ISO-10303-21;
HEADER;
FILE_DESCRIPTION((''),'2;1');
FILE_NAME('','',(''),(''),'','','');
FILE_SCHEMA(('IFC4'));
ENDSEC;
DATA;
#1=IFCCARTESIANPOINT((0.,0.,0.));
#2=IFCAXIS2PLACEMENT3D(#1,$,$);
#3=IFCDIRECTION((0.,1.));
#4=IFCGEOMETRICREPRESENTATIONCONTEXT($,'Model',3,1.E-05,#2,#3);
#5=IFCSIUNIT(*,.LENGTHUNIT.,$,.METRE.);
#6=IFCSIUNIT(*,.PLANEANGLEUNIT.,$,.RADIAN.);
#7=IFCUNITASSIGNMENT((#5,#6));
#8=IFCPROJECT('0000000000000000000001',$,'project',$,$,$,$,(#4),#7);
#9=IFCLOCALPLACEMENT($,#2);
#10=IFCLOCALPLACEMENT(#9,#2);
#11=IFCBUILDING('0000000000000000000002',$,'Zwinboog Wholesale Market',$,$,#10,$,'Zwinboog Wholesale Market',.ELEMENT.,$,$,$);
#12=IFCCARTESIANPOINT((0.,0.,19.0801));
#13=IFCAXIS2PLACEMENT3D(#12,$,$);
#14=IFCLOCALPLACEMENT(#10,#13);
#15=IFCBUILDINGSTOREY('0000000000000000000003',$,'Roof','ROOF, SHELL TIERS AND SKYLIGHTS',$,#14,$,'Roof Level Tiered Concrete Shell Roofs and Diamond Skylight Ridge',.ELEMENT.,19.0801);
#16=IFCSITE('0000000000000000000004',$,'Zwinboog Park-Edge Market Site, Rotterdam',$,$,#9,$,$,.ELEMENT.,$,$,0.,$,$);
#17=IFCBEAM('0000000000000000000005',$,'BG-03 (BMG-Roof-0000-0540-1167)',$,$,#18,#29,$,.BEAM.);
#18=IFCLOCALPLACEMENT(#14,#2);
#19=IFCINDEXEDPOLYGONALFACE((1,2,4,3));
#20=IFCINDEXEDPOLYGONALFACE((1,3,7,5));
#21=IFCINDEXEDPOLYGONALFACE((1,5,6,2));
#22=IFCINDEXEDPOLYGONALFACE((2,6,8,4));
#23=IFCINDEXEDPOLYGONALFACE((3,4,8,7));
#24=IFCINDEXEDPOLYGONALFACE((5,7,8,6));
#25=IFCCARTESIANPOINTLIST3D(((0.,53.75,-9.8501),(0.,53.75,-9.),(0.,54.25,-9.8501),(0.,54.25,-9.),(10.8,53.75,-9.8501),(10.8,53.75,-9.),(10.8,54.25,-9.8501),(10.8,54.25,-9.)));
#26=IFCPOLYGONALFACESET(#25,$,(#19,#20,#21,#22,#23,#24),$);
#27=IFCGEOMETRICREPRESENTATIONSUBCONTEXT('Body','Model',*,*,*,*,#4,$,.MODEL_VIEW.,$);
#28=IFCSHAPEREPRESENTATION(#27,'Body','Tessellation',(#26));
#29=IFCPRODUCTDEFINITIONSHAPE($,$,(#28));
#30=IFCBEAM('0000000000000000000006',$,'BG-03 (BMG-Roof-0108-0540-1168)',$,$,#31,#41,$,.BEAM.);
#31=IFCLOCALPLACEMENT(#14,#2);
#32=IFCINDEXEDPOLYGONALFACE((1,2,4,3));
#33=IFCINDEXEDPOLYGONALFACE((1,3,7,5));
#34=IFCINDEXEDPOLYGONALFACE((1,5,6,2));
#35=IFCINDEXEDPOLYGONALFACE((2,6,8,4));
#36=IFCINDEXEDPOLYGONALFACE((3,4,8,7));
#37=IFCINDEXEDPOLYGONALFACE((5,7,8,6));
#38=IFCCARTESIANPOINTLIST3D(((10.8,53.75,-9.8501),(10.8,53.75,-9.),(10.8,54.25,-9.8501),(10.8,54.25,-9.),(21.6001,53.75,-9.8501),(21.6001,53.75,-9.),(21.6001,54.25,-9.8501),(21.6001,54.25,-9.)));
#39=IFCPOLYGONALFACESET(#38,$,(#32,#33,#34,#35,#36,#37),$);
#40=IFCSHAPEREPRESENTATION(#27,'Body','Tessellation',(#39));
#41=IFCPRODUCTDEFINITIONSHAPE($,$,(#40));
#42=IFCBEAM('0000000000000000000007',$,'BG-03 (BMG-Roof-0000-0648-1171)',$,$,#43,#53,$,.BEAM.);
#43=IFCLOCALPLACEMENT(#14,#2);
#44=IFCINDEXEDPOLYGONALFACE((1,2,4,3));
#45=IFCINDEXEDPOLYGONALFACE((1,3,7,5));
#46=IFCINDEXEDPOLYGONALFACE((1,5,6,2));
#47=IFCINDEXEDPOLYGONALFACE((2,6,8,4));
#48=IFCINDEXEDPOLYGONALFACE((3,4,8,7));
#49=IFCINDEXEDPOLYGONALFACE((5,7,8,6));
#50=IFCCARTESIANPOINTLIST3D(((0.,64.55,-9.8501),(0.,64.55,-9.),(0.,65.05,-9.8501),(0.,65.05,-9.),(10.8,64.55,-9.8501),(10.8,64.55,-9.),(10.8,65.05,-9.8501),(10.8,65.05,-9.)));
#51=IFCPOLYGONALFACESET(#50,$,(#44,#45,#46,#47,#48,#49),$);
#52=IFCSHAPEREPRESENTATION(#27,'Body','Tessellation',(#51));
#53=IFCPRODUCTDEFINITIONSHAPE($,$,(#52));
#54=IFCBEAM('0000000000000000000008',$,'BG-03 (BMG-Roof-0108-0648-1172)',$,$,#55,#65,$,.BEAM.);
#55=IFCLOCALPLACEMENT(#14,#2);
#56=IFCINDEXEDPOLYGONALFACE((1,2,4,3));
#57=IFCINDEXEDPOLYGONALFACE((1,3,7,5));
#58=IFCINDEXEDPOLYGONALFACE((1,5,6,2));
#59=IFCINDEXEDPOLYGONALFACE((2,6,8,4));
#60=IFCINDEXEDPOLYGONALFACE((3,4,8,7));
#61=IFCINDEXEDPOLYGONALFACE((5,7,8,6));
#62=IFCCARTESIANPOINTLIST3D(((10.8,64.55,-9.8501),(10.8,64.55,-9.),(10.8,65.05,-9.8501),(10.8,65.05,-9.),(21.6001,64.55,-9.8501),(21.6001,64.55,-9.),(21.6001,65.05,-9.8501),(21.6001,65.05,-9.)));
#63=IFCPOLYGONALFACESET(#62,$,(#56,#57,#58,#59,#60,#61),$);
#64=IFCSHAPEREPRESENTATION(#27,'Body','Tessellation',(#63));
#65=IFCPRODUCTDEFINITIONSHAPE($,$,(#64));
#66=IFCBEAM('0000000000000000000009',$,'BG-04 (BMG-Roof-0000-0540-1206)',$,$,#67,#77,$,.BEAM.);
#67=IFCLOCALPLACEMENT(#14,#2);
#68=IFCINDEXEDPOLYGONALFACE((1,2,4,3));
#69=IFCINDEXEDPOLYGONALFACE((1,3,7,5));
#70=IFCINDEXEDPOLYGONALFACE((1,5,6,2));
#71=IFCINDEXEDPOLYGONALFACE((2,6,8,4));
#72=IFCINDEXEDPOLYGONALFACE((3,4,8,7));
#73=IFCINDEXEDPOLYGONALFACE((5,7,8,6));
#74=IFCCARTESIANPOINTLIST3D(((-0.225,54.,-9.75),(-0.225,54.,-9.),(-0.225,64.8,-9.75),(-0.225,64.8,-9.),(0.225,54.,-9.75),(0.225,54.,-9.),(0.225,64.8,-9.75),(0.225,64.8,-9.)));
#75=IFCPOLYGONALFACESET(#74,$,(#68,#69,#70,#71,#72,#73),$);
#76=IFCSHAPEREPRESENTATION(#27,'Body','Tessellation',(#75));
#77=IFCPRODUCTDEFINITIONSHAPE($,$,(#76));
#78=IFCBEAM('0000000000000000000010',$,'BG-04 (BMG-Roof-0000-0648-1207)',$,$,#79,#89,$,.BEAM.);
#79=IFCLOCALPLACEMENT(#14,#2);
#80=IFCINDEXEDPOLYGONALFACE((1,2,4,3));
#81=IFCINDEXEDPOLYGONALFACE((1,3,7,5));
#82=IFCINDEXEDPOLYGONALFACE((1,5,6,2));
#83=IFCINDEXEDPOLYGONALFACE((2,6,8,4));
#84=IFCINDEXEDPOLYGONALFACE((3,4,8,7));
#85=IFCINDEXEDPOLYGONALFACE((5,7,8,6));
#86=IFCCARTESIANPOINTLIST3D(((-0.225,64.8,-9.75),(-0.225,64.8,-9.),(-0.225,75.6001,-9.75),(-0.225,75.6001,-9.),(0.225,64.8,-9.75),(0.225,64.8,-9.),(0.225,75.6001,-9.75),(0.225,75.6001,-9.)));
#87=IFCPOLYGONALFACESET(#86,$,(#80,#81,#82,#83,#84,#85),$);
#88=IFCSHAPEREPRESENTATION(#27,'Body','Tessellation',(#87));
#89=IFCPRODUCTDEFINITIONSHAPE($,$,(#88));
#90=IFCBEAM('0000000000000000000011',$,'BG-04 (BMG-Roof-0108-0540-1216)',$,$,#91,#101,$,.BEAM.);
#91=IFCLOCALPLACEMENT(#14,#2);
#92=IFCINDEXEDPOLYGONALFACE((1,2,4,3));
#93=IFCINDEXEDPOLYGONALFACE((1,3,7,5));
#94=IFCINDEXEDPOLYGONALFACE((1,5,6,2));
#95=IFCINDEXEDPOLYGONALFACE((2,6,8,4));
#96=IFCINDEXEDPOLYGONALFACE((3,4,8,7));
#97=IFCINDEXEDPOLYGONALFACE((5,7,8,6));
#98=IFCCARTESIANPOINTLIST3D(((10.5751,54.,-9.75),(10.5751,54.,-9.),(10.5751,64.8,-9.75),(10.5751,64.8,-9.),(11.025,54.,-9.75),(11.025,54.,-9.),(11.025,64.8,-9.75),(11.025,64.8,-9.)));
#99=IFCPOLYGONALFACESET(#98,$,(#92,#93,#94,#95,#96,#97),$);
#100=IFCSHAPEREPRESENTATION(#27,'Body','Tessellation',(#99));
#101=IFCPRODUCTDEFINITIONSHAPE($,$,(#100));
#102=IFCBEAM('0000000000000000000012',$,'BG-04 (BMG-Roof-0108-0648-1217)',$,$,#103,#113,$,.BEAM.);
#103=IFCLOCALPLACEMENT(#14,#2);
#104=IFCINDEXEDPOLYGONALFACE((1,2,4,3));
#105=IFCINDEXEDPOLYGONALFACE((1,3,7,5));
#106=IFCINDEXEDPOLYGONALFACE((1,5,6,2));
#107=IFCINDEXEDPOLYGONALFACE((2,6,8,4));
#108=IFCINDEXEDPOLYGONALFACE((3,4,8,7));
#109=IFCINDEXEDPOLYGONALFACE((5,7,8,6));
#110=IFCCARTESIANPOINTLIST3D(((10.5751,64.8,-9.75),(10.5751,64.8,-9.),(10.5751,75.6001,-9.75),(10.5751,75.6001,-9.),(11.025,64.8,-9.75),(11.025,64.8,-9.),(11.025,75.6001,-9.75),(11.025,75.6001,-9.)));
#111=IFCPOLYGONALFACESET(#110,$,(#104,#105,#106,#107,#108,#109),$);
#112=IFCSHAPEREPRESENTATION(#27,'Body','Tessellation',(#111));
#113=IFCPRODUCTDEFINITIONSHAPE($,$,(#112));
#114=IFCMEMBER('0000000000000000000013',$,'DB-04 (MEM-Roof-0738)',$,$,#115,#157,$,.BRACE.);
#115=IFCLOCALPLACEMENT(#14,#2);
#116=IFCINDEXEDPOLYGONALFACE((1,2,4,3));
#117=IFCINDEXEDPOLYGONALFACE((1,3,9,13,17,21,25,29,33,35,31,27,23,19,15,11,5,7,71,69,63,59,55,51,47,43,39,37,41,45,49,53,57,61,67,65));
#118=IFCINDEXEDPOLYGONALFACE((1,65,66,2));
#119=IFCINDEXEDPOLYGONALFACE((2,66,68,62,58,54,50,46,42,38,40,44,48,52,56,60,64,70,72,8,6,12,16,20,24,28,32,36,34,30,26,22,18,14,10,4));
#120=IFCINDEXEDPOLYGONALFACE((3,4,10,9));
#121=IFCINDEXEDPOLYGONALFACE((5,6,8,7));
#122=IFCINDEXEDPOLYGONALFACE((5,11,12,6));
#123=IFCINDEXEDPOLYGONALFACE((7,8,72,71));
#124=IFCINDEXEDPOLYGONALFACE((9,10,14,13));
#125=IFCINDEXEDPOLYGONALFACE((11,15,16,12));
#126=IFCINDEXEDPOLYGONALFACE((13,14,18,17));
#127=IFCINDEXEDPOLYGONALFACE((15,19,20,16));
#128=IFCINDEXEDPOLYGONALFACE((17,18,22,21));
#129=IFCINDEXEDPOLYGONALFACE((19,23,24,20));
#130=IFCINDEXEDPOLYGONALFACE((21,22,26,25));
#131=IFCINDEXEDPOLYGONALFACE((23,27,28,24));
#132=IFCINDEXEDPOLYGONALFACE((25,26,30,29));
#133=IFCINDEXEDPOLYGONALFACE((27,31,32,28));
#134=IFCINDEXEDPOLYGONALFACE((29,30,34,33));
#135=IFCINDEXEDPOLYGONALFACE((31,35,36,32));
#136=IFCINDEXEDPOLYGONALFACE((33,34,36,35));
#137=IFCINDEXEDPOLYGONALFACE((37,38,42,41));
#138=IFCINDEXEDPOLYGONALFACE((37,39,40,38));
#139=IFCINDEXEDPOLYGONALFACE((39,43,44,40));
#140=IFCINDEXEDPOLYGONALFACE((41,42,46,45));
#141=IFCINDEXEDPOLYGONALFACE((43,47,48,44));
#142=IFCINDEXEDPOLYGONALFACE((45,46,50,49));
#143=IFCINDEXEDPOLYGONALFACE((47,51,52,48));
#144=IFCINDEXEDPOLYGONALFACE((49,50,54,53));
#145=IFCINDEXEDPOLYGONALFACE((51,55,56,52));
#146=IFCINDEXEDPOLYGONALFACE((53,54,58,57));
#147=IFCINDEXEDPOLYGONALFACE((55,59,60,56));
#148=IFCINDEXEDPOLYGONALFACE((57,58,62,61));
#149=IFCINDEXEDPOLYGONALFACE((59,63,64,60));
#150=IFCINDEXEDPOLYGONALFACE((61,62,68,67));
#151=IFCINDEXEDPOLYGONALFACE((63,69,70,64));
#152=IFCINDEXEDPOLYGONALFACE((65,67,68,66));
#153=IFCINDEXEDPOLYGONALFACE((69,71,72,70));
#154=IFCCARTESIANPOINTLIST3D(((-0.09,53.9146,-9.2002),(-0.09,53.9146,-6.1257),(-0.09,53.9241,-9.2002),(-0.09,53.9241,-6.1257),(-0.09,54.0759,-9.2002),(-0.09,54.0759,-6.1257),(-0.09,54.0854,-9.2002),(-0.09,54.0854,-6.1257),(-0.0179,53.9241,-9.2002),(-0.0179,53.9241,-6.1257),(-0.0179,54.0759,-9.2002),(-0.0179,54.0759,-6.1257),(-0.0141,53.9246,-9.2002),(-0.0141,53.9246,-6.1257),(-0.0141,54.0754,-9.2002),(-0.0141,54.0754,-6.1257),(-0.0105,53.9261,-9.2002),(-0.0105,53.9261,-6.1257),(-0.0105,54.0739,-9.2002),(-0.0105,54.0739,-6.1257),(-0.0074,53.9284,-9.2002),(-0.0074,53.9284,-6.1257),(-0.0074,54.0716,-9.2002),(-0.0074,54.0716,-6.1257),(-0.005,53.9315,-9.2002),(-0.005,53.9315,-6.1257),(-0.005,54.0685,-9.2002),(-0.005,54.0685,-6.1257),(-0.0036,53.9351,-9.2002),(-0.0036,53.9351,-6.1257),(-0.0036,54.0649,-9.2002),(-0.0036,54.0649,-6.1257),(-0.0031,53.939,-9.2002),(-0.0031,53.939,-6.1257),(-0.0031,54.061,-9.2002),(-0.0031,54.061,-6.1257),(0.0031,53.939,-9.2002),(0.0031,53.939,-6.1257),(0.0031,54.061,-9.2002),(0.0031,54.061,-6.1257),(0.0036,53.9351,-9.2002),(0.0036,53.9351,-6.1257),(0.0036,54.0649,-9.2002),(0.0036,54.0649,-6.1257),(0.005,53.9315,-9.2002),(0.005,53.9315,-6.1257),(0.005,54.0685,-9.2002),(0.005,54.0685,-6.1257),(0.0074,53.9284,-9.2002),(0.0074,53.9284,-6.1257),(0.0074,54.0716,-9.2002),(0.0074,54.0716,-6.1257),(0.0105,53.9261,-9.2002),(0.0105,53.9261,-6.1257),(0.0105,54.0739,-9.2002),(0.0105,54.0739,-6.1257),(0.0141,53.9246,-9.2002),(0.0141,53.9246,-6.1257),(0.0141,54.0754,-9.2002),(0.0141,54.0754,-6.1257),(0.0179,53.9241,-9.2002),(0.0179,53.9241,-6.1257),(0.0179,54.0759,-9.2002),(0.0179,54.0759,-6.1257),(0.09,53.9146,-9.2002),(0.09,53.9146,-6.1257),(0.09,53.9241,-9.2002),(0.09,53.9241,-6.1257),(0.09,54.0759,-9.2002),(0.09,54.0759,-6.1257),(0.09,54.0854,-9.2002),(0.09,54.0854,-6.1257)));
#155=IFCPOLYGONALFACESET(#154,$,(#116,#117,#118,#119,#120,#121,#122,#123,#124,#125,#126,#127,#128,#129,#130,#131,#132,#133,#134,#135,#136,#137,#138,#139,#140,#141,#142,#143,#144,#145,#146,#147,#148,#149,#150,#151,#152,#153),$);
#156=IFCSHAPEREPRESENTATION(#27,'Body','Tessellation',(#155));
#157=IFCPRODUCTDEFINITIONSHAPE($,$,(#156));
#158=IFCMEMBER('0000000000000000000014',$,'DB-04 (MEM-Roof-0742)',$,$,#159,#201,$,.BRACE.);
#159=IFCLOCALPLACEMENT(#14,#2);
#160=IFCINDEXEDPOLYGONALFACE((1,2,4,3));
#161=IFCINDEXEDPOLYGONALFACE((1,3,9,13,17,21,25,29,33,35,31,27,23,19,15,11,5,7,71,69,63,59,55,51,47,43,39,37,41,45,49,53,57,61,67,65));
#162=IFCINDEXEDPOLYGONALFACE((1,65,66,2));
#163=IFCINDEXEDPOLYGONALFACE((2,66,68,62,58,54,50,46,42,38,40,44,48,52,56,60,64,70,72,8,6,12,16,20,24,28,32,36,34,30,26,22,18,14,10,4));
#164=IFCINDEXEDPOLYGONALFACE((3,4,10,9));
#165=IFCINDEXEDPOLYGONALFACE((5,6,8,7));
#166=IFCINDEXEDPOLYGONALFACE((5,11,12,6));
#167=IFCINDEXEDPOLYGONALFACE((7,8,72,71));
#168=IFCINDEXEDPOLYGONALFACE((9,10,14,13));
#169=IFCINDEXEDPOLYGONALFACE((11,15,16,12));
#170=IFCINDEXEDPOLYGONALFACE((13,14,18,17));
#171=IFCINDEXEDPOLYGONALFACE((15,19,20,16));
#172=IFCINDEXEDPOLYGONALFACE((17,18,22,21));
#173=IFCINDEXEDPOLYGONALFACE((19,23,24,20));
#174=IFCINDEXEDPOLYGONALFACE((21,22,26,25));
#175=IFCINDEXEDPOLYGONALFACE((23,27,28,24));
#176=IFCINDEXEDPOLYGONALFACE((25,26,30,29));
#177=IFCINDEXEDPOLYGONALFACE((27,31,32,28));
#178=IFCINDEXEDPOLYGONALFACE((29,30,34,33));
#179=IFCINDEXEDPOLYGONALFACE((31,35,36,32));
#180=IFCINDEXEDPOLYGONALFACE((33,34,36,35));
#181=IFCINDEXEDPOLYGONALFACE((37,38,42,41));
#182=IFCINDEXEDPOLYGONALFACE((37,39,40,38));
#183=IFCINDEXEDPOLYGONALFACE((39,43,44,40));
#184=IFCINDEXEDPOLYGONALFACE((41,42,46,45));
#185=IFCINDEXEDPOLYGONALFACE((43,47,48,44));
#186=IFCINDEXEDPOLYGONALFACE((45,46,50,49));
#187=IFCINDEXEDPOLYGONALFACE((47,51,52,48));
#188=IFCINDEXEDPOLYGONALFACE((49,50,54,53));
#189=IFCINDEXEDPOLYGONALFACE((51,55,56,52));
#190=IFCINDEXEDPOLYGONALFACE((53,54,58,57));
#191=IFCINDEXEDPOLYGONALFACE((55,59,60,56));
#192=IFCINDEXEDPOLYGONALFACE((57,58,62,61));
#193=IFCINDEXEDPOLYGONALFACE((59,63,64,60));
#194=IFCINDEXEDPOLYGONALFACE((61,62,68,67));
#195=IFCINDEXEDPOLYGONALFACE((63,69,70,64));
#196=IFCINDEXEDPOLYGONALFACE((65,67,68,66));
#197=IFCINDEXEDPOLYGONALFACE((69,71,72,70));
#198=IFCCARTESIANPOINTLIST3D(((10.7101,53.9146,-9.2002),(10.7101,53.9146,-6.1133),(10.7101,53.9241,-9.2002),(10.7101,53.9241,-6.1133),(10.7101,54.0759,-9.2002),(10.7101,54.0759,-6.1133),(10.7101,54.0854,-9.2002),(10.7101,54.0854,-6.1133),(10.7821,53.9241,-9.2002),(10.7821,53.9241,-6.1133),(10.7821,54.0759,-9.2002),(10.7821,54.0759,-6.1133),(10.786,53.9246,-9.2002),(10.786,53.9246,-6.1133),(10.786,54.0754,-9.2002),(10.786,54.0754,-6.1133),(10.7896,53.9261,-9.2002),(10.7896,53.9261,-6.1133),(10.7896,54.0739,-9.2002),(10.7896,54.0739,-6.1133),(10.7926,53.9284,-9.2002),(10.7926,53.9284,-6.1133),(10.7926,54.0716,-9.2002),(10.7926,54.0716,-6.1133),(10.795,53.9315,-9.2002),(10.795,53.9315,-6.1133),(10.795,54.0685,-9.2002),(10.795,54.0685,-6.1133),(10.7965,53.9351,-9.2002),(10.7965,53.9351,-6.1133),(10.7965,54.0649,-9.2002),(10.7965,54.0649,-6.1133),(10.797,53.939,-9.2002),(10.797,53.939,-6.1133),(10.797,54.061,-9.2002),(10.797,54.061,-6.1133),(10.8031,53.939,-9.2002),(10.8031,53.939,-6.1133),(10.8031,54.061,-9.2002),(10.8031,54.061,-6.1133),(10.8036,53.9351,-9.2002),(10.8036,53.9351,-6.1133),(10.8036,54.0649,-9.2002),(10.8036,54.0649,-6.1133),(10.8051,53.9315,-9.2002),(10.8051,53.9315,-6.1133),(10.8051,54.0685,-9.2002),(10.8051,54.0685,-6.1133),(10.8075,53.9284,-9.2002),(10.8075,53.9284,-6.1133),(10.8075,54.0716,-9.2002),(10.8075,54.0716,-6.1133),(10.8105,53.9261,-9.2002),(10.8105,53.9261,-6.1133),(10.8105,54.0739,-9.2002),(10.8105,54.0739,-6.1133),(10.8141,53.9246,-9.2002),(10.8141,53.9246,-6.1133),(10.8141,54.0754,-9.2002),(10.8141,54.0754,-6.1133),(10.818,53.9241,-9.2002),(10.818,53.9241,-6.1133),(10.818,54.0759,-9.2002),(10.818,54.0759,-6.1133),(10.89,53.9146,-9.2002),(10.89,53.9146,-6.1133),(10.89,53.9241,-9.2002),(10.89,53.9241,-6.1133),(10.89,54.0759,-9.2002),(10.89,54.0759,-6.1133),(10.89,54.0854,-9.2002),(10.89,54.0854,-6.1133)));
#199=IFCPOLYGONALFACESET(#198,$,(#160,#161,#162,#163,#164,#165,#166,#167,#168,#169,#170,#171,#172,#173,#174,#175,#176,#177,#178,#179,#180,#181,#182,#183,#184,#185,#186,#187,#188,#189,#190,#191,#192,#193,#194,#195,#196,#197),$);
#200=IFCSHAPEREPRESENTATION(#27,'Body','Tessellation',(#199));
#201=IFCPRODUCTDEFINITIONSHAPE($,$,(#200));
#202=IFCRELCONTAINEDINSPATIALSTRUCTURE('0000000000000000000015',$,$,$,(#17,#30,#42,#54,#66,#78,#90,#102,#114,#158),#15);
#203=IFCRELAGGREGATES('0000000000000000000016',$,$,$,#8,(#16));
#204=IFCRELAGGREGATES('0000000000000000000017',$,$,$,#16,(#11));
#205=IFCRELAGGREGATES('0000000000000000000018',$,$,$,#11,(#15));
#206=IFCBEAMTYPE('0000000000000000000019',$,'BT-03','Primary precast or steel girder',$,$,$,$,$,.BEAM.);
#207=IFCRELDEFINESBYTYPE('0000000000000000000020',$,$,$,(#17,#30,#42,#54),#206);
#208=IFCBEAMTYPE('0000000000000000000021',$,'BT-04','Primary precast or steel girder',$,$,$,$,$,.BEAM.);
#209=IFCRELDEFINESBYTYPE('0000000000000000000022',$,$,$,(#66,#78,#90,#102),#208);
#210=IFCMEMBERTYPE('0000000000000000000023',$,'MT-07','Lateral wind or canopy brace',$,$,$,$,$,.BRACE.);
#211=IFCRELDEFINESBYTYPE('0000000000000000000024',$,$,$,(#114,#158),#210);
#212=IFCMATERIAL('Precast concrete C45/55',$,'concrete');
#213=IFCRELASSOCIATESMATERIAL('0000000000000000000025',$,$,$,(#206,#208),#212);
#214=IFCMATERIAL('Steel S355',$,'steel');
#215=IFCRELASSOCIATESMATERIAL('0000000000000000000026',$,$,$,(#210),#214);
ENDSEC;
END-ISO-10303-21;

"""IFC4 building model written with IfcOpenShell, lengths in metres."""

from ifc_helpers import new_model, si_unit, direction, frame, origin, origin_2d, place, context, subcontext, project, spatial, rectangle, i_section, extrude, material, material_profile, profile_set, type_object, element, save


model = new_model("IFC4")

# Units and contexts
model_context = context("Model", 3, precision=1e-05, world=origin(), true_north=direction((0.0, 1.0)))
body_context = subcontext(model_context, "Body", "Model", "MODEL_VIEW")
ifc_project = project(units=[si_unit("LENGTHUNIT", "METRE"), si_unit("PLANEANGLEUNIT", "RADIAN")], contexts=[model_context])

# Site, building, storey
site_placement = place(None, origin())
site = spatial("IfcSite", under=ifc_project, at=site_placement, Name="Zwinboog Park-Edge Market Site, Rotterdam", CompositionType="ELEMENT", RefElevation=0.0)
building_placement = place(site_placement, origin())
building = spatial("IfcBuilding", under=site, at=building_placement, Name="Zwinboog Wholesale Market", LongName="Zwinboog Wholesale Market", CompositionType="ELEMENT")
storey_placement = place(building_placement, frame((0.0, 0.0, 19.0801)))
storey = spatial("IfcBuildingStorey", under=building, at=storey_placement, Name="Roof", Description="ROOF, SHELL TIERS AND SKYLIGHTS", LongName="Roof Level Tiered Concrete Shell Roofs and Diamond Skylight Ridge", CompositionType="ELEMENT", Elevation=19.0801)

# Beams
ifc_material_1 = material(Name="Precast concrete C45/55", Category="concrete")
ifc_material_profile_1 = material_profile(ifc_material_1, rectangle(XDim=0.5, YDim=0.8501, at=origin_2d()), Name="PC 500x850")
ifc_profile_set_1 = profile_set([ifc_material_profile_1], Name="Precast concrete C45/55")
beam_type_1 = type_object("IfcBeamType", Name="BT-03", Description="Primary precast or steel girder", PredefinedType="BEAM", material=ifc_profile_set_1)
for number, where, z_axis, x_axis, name in (
    (1, (0.0, 54.0, -9.425), (1.0, 0.0, 0.0), (0.0, 1.0, 0.0), "BG-03 (BMG-Roof-0000-0540-1167)"),
    (2, (10.8, 54.0, -9.425), (1.0, 0.0, 0.0), (0.0, 1.0, 0.0), "BG-03 (BMG-Roof-0108-0540-1168)"),
    (3, (0.0, 64.8, -9.425), (1.0, 0.0, 0.0), (0.0, 1.0, 0.0), "BG-03 (BMG-Roof-0000-0648-1171)"),
    (4, (10.8, 64.8, -9.425), (1.0, 0.0, 0.0), (0.0, 1.0, 0.0), "BG-03 (BMG-Roof-0108-0648-1172)"),
):
    element("IfcBeam", number, at=place(storey_placement, frame(where, z_axis=z_axis, x_axis=x_axis)), inside=storey, type_object=beam_type_1, Name=name, PredefinedType="BEAM", context=body_context, shape_type="SweptSolid", body=[
        extrude(rectangle(XDim=0.5, YDim=0.8501, at=origin_2d()), origin(), (0.0, 0.0, 1.0), 10.8),
    ])
ifc_material_profile_2 = material_profile(ifc_material_1, rectangle(XDim=0.45, YDim=0.75, at=origin_2d()), Name="PC 450x750")
ifc_profile_set_2 = profile_set([ifc_material_profile_2], Name="Precast concrete C45/55")
beam_type_2 = type_object("IfcBeamType", Name="BT-04", Description="Primary precast or steel girder", PredefinedType="BEAM", material=ifc_profile_set_2)
for number, where, z_axis, x_axis, name in (
    (5, (0.0, 54.0, -9.375), (0.0, 1.0, 0.0), (-1.0, 0.0, 0.0), "BG-04 (BMG-Roof-0000-0540-1206)"),
    (6, (0.0, 64.8, -9.375), (0.0, 1.0, 0.0), (-1.0, 0.0, 0.0), "BG-04 (BMG-Roof-0000-0648-1207)"),
    (7, (10.8, 54.0, -9.375), (0.0, 1.0, 0.0), (-1.0, 0.0, 0.0), "BG-04 (BMG-Roof-0108-0540-1216)"),
    (8, (10.8, 64.8, -9.375), (0.0, 1.0, 0.0), (-1.0, 0.0, 0.0), "BG-04 (BMG-Roof-0108-0648-1217)"),
):
    element("IfcBeam", number, at=place(storey_placement, frame(where, z_axis=z_axis, x_axis=x_axis)), inside=storey, type_object=beam_type_2, Name=name, PredefinedType="BEAM", context=body_context, shape_type="SweptSolid", body=[
        extrude(rectangle(XDim=0.45, YDim=0.75, at=origin_2d()), origin(), (0.0, 0.0, 1.0), 10.8),
    ])

# Members
ifc_material_2 = material(Name="Steel S355", Category="steel")
ifc_material_profile_3 = material_profile(ifc_material_2, i_section(OverallWidth=0.1799, OverallDepth=0.1709, WebThickness=0.0061, FlangeThickness=0.0095, FilletRadius=0.0149, at=origin_2d()), Name="HEA 180")
ifc_profile_set_3 = profile_set([ifc_material_profile_3], Name="Steel S355")
member_type_1 = type_object("IfcMemberType", Name="MT-07", Description="Lateral wind or canopy brace", PredefinedType="BRACE", material=ifc_profile_set_3)
member_1_placement = place(storey_placement, frame((0.0, 54.0, -9.2002), z_axis=(0.0, 0.0, 1.0), x_axis=(1.0, 0.0, 0.0)))
element("IfcMember", 9, at=member_1_placement, inside=storey, type_object=member_type_1, Name="DB-04 (MEM-Roof-0738)", PredefinedType="BRACE", context=body_context, shape_type="SweptSolid", body=[
    extrude(i_section(OverallWidth=0.1799, OverallDepth=0.1709, WebThickness=0.0061, FlangeThickness=0.0095, FilletRadius=0.0149, at=origin_2d()), origin(), (0.0, 0.0, 1.0), 3.0745),
])
member_2_placement = place(storey_placement, frame((10.8, 54.0, -9.2002), z_axis=(0.0, 0.0, 1.0), x_axis=(1.0, 0.0, 0.0)))
element("IfcMember", 10, at=member_2_placement, inside=storey, type_object=member_type_1, Name="DB-04 (MEM-Roof-0742)", PredefinedType="BRACE", context=body_context, shape_type="SweptSolid", body=[
    extrude(i_section(OverallWidth=0.1799, OverallDepth=0.1709, WebThickness=0.0061, FlangeThickness=0.0095, FilletRadius=0.0149, at=origin_2d()), origin(), (0.0, 0.0, 1.0), 3.0869),
])

save(model, "model.ifc")
